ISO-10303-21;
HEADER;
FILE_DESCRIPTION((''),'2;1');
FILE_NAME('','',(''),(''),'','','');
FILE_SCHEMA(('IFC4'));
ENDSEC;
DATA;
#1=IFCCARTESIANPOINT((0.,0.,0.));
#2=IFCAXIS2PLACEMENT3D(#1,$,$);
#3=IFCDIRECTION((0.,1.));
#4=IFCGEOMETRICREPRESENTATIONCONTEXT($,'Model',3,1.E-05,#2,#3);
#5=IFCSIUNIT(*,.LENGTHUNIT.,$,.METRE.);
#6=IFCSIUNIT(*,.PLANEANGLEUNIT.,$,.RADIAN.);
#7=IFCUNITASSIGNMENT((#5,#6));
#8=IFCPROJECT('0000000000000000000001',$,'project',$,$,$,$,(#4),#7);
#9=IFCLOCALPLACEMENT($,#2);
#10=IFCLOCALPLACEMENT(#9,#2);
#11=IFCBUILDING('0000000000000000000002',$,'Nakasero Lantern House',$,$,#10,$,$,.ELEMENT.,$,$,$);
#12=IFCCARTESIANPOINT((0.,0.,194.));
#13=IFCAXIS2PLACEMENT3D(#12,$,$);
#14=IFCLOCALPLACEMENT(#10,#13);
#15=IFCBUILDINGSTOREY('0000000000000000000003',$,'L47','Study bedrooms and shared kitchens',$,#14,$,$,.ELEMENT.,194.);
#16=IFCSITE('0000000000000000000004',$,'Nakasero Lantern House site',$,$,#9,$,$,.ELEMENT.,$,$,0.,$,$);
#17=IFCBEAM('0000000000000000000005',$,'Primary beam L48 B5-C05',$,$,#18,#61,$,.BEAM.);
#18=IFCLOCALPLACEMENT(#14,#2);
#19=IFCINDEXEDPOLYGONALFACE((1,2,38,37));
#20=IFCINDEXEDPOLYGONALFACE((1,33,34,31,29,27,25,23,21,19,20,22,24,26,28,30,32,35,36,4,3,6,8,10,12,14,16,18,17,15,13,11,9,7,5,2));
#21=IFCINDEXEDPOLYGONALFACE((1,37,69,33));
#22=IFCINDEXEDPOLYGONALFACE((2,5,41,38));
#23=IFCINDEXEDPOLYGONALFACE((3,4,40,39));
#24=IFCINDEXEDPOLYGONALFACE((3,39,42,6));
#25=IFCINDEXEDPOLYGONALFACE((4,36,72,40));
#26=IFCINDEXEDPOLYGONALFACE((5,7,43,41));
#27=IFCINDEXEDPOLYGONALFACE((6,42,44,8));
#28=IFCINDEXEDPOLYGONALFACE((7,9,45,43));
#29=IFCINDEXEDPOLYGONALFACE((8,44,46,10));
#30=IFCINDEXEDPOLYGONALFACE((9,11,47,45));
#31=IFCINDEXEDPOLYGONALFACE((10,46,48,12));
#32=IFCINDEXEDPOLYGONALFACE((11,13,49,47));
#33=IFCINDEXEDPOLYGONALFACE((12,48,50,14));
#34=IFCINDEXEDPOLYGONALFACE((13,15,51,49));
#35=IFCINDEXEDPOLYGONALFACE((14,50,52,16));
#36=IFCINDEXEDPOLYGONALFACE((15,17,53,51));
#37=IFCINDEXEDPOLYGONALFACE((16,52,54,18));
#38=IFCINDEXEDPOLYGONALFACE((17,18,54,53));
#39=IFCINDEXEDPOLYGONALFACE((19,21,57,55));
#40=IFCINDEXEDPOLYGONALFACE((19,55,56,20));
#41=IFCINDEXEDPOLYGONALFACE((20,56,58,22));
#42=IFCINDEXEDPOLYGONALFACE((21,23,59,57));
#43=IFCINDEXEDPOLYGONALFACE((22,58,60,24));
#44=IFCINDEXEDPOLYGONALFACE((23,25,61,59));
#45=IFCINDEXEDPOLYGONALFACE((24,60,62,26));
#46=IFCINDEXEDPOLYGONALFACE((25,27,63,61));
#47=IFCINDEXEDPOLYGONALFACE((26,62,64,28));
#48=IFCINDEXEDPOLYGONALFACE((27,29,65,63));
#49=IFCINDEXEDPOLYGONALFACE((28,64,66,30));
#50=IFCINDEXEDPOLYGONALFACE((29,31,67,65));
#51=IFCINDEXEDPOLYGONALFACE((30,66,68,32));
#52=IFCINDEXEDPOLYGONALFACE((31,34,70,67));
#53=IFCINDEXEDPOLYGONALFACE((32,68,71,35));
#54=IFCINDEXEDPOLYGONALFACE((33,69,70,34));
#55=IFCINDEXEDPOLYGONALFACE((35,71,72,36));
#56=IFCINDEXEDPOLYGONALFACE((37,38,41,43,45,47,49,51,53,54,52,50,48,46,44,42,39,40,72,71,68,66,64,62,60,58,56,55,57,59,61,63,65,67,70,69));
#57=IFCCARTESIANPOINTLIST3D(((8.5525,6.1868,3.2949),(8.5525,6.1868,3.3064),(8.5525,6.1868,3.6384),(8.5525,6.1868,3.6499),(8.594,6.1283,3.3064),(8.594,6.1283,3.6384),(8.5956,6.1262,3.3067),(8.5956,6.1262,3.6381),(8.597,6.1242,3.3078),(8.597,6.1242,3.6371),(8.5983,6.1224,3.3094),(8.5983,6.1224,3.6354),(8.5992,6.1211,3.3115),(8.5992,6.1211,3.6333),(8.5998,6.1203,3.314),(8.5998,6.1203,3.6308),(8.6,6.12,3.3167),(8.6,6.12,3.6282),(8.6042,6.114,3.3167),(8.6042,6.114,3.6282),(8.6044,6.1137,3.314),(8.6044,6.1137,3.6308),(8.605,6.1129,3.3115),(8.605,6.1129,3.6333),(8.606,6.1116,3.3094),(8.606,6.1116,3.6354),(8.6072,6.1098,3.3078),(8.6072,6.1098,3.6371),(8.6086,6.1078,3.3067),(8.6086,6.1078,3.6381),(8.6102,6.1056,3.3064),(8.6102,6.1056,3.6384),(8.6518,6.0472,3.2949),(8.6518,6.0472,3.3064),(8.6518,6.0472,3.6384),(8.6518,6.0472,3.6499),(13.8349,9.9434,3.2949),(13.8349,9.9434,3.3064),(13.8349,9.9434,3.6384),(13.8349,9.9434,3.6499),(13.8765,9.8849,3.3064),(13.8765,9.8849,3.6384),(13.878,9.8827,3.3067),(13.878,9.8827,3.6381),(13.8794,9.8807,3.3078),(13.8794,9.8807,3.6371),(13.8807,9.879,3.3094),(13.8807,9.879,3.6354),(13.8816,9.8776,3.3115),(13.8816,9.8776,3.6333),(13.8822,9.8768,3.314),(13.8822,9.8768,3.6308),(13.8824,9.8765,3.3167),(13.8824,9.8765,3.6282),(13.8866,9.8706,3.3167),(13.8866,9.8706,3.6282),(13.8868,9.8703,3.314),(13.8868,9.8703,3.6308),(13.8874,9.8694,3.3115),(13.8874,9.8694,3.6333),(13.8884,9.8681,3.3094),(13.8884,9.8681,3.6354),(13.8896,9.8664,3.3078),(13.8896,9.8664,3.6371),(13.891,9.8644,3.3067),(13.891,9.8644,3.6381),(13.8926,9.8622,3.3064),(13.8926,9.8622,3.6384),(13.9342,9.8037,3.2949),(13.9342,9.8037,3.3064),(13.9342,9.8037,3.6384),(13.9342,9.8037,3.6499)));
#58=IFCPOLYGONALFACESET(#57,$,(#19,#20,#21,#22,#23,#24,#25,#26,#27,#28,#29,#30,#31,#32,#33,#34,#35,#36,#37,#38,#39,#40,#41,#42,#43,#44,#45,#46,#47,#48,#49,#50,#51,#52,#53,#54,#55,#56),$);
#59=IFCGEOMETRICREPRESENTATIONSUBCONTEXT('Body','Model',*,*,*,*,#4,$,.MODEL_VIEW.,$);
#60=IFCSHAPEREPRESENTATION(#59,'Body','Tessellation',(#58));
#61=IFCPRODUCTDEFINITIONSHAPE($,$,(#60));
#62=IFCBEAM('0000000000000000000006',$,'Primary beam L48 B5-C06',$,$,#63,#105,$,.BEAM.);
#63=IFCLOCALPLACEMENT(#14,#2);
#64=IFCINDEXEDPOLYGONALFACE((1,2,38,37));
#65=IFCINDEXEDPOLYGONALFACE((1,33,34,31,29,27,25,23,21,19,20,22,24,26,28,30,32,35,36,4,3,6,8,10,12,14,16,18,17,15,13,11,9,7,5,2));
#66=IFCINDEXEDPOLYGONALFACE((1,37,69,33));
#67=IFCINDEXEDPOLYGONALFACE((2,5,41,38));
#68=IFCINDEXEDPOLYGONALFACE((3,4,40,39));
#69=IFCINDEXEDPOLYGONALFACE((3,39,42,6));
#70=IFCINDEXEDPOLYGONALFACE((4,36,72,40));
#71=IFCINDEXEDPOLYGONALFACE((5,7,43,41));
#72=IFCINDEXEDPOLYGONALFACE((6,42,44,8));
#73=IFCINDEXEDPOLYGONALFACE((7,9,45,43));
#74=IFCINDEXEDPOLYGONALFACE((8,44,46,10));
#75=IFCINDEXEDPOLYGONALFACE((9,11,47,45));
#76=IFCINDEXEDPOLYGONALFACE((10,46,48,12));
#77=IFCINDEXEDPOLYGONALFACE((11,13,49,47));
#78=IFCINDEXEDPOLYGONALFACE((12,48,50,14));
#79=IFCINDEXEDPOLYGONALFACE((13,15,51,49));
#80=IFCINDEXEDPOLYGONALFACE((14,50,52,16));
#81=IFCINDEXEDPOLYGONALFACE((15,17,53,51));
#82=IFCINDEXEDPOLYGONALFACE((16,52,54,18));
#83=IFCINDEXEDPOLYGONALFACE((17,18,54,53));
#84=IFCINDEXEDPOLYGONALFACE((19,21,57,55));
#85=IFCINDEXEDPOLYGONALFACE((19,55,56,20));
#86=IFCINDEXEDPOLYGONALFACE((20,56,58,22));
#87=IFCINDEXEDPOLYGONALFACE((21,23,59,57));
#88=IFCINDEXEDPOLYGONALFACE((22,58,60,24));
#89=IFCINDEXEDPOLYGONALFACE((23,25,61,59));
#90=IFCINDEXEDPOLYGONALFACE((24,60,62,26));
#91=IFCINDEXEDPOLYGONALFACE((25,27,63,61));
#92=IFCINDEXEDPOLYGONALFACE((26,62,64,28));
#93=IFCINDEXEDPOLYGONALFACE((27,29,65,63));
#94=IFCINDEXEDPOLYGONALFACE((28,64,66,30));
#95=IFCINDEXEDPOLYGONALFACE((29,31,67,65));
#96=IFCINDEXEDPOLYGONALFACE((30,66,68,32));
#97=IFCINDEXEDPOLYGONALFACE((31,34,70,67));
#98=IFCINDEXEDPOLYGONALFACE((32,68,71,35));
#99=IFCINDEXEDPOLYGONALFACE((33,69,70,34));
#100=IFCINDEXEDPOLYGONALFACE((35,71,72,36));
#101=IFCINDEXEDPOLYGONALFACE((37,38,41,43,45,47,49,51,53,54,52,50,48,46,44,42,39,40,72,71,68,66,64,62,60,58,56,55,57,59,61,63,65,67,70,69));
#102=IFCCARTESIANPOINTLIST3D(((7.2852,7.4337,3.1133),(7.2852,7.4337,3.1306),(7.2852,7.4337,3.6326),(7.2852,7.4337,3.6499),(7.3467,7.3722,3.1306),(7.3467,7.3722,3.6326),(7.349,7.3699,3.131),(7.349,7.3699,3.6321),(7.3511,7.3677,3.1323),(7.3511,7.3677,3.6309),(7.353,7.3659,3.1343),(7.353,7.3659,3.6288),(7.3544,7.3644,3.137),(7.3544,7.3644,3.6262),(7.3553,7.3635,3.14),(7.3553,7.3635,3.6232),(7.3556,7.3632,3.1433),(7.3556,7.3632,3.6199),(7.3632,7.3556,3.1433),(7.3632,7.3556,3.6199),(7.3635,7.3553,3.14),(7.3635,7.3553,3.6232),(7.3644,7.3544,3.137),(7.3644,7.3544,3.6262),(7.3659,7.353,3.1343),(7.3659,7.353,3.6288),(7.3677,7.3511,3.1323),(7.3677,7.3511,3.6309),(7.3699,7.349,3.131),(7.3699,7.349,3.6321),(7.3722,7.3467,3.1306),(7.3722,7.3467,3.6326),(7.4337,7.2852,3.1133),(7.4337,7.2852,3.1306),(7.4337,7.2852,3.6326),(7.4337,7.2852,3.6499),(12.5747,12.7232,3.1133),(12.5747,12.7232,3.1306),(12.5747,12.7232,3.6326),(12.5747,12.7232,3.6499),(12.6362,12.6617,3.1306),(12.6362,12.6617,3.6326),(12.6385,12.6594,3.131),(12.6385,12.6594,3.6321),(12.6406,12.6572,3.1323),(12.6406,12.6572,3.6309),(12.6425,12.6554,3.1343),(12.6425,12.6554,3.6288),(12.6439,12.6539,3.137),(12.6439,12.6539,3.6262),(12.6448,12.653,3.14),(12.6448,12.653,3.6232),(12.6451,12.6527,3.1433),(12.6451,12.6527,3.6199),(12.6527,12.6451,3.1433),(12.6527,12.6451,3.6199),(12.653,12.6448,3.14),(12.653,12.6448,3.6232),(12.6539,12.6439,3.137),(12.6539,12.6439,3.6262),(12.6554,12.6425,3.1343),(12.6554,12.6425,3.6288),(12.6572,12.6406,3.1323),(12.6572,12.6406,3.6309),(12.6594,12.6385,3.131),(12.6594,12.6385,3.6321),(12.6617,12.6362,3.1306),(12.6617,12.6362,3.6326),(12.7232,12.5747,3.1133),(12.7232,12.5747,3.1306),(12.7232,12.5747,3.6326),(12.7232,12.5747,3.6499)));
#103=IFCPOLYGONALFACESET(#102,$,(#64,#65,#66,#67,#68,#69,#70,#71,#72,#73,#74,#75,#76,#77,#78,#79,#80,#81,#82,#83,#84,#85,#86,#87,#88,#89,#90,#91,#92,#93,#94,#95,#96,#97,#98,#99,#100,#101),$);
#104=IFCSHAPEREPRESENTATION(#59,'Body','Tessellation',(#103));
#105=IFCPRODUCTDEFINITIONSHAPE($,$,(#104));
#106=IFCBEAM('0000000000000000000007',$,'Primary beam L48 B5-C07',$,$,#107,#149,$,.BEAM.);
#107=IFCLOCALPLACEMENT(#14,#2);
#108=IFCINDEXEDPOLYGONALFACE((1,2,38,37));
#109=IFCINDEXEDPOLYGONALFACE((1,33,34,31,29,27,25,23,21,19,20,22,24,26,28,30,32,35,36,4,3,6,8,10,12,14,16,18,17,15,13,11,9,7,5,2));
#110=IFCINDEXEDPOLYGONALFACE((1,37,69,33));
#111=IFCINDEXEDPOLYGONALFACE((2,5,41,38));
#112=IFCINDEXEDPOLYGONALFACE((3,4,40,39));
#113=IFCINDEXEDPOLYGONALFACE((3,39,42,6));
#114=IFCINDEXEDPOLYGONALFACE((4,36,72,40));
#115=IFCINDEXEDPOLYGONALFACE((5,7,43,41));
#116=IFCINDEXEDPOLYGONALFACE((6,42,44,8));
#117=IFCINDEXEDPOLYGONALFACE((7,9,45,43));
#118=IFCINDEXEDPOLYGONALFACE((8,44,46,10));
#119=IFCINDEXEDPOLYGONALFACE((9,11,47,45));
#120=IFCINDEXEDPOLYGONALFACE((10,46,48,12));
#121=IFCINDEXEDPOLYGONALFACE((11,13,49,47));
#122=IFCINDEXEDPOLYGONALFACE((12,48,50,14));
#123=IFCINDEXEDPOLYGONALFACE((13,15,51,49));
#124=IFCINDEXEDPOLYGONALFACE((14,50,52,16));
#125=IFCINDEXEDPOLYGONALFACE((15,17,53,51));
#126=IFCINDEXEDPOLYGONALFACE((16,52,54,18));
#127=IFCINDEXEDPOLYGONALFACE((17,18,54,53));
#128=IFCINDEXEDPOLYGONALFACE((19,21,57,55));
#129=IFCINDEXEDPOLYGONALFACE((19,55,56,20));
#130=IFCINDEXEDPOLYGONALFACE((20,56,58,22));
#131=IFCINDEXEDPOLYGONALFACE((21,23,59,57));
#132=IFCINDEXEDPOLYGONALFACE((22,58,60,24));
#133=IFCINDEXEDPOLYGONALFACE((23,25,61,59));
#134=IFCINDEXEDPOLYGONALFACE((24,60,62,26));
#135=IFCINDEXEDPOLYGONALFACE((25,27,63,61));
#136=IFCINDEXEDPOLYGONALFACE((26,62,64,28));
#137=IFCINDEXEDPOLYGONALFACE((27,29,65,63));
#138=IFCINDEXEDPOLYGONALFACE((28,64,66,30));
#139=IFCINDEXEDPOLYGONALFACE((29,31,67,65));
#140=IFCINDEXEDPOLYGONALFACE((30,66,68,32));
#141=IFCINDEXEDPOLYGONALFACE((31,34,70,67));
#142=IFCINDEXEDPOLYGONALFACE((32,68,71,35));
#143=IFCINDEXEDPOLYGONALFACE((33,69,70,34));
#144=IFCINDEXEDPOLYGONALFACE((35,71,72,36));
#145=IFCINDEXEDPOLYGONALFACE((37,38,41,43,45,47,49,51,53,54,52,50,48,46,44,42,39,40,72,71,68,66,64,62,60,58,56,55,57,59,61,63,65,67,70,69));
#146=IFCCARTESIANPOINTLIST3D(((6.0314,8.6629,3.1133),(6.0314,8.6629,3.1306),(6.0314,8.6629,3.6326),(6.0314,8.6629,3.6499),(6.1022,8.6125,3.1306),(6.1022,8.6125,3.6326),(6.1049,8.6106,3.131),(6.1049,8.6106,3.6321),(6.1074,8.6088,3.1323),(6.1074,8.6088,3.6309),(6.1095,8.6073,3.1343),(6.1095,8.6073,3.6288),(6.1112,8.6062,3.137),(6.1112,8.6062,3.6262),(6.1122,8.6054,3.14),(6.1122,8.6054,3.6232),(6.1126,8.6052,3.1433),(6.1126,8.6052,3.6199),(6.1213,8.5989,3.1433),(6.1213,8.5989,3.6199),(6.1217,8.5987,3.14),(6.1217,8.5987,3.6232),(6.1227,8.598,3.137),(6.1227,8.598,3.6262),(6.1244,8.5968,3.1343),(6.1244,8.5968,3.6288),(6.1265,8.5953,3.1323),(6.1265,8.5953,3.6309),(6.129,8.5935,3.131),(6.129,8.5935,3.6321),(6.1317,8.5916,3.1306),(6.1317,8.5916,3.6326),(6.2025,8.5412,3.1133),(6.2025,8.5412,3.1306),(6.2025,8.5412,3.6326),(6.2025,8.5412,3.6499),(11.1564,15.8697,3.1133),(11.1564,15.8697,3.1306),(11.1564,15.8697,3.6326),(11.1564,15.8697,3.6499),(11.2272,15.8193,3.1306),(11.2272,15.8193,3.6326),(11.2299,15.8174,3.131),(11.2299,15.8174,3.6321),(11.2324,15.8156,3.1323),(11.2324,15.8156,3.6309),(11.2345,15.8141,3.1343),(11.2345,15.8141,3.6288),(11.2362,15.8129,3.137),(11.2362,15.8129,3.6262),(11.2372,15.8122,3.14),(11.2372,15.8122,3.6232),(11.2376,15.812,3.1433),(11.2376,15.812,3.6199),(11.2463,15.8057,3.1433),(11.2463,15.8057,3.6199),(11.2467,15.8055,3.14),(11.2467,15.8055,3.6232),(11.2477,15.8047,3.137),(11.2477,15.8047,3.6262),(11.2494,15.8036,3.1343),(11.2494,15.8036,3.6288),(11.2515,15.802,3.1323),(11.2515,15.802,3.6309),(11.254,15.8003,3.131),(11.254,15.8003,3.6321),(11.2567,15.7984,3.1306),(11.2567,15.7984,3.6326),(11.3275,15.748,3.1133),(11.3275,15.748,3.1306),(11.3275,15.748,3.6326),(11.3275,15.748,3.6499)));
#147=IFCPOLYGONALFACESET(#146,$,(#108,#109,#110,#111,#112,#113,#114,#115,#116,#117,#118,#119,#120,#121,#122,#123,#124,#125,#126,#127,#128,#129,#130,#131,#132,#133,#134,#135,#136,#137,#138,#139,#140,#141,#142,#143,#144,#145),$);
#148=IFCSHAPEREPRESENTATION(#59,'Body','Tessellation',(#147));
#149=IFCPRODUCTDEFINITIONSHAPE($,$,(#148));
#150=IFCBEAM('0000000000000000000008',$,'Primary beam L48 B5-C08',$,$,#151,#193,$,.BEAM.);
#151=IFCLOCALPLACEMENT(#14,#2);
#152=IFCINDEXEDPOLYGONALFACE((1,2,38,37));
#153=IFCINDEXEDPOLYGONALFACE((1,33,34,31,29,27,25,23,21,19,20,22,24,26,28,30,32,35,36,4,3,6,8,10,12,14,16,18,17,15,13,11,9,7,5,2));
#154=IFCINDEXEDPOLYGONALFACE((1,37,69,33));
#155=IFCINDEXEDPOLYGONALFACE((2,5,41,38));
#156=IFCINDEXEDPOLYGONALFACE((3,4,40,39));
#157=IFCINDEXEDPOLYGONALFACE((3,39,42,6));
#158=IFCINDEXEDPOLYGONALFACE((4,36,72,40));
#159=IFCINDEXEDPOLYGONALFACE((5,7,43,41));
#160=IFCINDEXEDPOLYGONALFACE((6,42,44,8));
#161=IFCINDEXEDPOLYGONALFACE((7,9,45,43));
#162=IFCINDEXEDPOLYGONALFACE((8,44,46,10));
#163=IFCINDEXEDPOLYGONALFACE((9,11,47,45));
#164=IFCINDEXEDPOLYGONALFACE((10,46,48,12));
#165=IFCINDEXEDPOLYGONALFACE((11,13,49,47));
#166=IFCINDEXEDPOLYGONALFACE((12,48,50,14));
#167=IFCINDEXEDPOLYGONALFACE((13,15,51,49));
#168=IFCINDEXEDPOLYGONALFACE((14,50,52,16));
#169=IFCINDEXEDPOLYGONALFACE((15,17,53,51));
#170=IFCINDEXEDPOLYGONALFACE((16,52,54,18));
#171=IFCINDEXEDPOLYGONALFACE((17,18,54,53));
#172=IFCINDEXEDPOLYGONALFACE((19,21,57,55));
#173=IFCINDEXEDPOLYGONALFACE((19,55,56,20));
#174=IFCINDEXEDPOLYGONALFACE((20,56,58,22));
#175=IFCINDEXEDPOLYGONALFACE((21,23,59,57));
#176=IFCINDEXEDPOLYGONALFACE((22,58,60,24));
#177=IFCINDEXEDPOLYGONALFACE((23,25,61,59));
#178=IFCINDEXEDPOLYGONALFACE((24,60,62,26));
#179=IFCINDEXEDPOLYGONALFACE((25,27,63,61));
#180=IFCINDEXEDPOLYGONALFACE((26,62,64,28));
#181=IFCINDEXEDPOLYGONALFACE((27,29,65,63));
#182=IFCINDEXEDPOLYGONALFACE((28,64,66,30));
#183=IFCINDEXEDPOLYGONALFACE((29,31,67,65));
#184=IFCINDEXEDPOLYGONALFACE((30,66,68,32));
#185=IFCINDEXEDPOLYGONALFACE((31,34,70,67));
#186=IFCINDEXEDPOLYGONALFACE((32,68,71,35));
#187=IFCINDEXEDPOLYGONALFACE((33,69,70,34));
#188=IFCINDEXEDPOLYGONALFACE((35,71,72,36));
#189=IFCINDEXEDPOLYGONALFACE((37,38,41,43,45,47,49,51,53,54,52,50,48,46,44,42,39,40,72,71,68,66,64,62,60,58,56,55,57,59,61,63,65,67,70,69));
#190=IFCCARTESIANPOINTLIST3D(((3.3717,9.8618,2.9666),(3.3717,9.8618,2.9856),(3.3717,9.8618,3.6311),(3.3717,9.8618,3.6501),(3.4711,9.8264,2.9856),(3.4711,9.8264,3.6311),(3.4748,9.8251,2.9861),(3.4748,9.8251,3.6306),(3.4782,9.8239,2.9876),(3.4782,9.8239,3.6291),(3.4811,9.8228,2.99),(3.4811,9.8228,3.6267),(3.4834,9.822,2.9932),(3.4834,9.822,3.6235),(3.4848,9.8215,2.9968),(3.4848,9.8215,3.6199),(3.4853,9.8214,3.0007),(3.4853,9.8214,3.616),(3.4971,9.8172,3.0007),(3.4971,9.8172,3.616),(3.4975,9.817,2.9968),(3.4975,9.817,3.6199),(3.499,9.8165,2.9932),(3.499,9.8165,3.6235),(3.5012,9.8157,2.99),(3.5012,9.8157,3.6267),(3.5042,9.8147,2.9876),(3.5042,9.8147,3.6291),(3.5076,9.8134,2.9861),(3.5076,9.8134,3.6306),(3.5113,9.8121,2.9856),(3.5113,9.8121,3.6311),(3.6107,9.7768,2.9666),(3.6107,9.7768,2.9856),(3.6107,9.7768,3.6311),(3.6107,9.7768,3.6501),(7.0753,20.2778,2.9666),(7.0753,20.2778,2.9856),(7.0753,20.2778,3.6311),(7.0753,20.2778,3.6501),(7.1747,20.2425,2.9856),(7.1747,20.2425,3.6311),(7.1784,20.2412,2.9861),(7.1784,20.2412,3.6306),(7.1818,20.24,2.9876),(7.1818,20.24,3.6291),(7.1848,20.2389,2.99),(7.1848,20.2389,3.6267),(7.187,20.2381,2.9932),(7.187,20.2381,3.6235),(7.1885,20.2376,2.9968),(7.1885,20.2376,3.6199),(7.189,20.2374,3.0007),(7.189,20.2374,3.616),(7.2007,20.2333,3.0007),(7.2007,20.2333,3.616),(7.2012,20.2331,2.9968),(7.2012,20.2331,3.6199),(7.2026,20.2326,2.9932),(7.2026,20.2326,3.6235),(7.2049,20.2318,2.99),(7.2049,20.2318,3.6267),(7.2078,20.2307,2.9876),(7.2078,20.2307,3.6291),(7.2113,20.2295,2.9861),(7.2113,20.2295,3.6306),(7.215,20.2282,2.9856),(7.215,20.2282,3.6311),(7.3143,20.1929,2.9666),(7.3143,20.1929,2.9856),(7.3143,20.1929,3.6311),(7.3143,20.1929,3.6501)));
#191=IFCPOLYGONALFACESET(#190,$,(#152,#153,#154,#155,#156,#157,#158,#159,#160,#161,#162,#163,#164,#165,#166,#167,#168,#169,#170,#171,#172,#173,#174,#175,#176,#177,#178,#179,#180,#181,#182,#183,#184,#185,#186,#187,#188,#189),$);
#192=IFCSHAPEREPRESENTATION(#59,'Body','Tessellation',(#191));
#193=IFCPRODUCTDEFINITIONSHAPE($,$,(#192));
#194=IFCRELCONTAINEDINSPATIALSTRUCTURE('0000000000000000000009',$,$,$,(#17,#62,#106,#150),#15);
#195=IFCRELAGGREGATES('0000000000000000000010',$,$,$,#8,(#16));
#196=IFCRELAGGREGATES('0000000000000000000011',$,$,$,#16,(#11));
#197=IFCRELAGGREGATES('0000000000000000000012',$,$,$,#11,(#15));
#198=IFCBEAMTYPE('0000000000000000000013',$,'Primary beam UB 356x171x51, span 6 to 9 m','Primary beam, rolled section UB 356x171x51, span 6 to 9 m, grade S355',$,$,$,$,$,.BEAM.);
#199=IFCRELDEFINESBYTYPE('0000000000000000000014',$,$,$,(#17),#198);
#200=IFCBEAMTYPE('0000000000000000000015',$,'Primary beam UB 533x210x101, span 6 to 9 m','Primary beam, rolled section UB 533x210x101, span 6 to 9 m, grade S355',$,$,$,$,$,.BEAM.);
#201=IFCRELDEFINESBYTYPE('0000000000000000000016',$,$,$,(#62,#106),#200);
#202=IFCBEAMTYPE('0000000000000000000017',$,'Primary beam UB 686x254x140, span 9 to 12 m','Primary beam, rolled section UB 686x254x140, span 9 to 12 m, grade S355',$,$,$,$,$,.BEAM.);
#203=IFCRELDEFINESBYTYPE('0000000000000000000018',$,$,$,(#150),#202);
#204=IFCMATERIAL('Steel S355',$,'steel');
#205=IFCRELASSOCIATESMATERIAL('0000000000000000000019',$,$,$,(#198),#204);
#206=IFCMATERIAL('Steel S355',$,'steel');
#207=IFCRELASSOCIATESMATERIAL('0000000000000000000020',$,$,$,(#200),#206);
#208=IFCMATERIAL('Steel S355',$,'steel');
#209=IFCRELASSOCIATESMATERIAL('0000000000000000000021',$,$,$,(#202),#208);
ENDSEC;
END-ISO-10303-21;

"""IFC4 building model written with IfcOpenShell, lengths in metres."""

from ifc_helpers import new_model, si_unit, direction, frame, origin, origin_2d, place, context, subcontext, project, spatial, i_section, extrude, material, material_profile, profile_set, type_object, element, save


model = new_model("IFC4")

# Units and contexts
model_context = context("Model", 3, precision=1e-05, world=origin(), true_north=direction((0.0, 1.0)))
body_context = subcontext(model_context, "Body", "Model", "MODEL_VIEW")
ifc_project = project(units=[si_unit("LENGTHUNIT", "METRE"), si_unit("PLANEANGLEUNIT", "RADIAN")], contexts=[model_context])

# Site, building, storey
site_placement = place(None, origin())
site = spatial("IfcSite", under=ifc_project, at=site_placement, Name="Nakasero Lantern House site", CompositionType="ELEMENT", RefElevation=0.0)
building_placement = place(site_placement, origin())
building = spatial("IfcBuilding", under=site, at=building_placement, Name="Nakasero Lantern House", CompositionType="ELEMENT")
storey_placement = place(building_placement, frame((0.0, 0.0, 194.0)))
storey = spatial("IfcBuildingStorey", under=building, at=storey_placement, Name="L47", Description="Study bedrooms and shared kitchens", CompositionType="ELEMENT", Elevation=194.0)

# Beams
ifc_material_1 = material(Name="Steel S355", Category="steel")
ifc_material_profile_1 = material_profile(ifc_material_1, i_section(OverallWidth=0.1714, OverallDepth=0.355, WebThickness=0.0073, FlangeThickness=0.0115, FilletRadius=0.0103, at=origin_2d()), Name="UB 356x171x51")
ifc_profile_set_1 = profile_set([ifc_material_profile_1], Name="Steel S355")
beam_type_1 = type_object("IfcBeamType", Name="Primary beam UB 356x171x51, span 6 to 9 m", Description="Primary beam, rolled section UB 356x171x51, span 6 to 9 m, grade S355", PredefinedType="BEAM", material=ifc_profile_set_1)
beam_1_placement = place(storey_placement, frame((13.8845, 9.8735, 3.4724), z_axis=(-0.814943, -0.579541, 0.0), x_axis=(0.579541, -0.814943, 0.0)))
element("IfcBeam", 1, at=beam_1_placement, inside=storey, type_object=beam_type_1, Name="Primary beam L48 B5-C05", PredefinedType="BEAM", context=body_context, shape_type="SweptSolid", body=[
    extrude(i_section(OverallWidth=0.1714, OverallDepth=0.355, WebThickness=0.0073, FlangeThickness=0.0115, FilletRadius=0.0103, at=origin_2d()), origin(), (0.0, 0.0, 1.0), 6.4819),
])
ifc_material_2 = material(Name="Steel S355", Category="steel")
ifc_material_profile_2 = material_profile(ifc_material_2, i_section(OverallWidth=0.21, OverallDepth=0.5366, WebThickness=0.0107, FlangeThickness=0.0173, FilletRadius=0.0127, at=origin_2d()), Name="UB 533x210x101")
ifc_profile_set_2 = profile_set([ifc_material_profile_2], Name="Steel S355")
beam_type_2 = type_object("IfcBeamType", Name="Primary beam UB 533x210x101, span 6 to 9 m", Description="Primary beam, rolled section UB 533x210x101, span 6 to 9 m, grade S355", PredefinedType="BEAM", material=ifc_profile_set_2)
beam_2_placement = place(storey_placement, frame((12.6489, 12.6489, 3.3816), z_axis=(-0.707107, -0.707107, 0.0), x_axis=(0.707107, -0.707107, 0.0)))
element("IfcBeam", 2, at=beam_2_placement, inside=storey, type_object=beam_type_2, Name="Primary beam L48 B5-C06", PredefinedType="BEAM", context=body_context, shape_type="SweptSolid", body=[
    extrude(i_section(OverallWidth=0.21, OverallDepth=0.5366, WebThickness=0.0107, FlangeThickness=0.0173, FilletRadius=0.0127, at=origin_2d()), origin(), (0.0, 0.0, 1.0), 7.4805),
])
beam_3_placement = place(storey_placement, frame((11.2419, 15.8088, 3.3816), z_axis=(-0.579537, -0.814946, 0.0), x_axis=(0.814946, -0.579537, 0.0)))
element("IfcBeam", 3, at=beam_3_placement, inside=storey, type_object=beam_type_2, Name="Primary beam L48 B5-C07", PredefinedType="BEAM", context=body_context, shape_type="SweptSolid", body=[
    extrude(i_section(OverallWidth=0.21, OverallDepth=0.5366, WebThickness=0.0107, FlangeThickness=0.0173, FilletRadius=0.0127, at=origin_2d()), origin(), (0.0, 0.0, 1.0), 8.8433),
])
ifc_material_3 = material(Name="Steel S355", Category="steel")
ifc_material_profile_3 = material_profile(ifc_material_3, i_section(OverallWidth=0.2537, OverallDepth=0.6836, WebThickness=0.0125, FlangeThickness=0.019, FilletRadius=0.0151, at=origin_2d()), Name="UB 686x254x140")
ifc_profile_set_3 = profile_set([ifc_material_profile_3], Name="Steel S355")
beam_type_3 = type_object("IfcBeamType", Name="Primary beam UB 686x254x140, span 9 to 12 m", Description="Primary beam, rolled section UB 686x254x140, span 9 to 12 m, grade S355", PredefinedType="BEAM", material=ifc_profile_set_3)
beam_4_placement = place(storey_placement, frame((7.1948, 20.2354, 3.3083), z_axis=(-0.335021, -0.942211, 0.0), x_axis=(0.942211, -0.335021, 0.0)))
element("IfcBeam", 4, at=beam_4_placement, inside=storey, type_object=beam_type_3, Name="Primary beam L48 B5-C08", PredefinedType="BEAM", context=body_context, shape_type="SweptSolid", body=[
    extrude(i_section(OverallWidth=0.2537, OverallDepth=0.6836, WebThickness=0.0125, FlangeThickness=0.019, FilletRadius=0.0151, at=origin_2d()), origin(), (0.0, 0.0, 1.0), 11.0549),
])

save(model, "model.ifc")
